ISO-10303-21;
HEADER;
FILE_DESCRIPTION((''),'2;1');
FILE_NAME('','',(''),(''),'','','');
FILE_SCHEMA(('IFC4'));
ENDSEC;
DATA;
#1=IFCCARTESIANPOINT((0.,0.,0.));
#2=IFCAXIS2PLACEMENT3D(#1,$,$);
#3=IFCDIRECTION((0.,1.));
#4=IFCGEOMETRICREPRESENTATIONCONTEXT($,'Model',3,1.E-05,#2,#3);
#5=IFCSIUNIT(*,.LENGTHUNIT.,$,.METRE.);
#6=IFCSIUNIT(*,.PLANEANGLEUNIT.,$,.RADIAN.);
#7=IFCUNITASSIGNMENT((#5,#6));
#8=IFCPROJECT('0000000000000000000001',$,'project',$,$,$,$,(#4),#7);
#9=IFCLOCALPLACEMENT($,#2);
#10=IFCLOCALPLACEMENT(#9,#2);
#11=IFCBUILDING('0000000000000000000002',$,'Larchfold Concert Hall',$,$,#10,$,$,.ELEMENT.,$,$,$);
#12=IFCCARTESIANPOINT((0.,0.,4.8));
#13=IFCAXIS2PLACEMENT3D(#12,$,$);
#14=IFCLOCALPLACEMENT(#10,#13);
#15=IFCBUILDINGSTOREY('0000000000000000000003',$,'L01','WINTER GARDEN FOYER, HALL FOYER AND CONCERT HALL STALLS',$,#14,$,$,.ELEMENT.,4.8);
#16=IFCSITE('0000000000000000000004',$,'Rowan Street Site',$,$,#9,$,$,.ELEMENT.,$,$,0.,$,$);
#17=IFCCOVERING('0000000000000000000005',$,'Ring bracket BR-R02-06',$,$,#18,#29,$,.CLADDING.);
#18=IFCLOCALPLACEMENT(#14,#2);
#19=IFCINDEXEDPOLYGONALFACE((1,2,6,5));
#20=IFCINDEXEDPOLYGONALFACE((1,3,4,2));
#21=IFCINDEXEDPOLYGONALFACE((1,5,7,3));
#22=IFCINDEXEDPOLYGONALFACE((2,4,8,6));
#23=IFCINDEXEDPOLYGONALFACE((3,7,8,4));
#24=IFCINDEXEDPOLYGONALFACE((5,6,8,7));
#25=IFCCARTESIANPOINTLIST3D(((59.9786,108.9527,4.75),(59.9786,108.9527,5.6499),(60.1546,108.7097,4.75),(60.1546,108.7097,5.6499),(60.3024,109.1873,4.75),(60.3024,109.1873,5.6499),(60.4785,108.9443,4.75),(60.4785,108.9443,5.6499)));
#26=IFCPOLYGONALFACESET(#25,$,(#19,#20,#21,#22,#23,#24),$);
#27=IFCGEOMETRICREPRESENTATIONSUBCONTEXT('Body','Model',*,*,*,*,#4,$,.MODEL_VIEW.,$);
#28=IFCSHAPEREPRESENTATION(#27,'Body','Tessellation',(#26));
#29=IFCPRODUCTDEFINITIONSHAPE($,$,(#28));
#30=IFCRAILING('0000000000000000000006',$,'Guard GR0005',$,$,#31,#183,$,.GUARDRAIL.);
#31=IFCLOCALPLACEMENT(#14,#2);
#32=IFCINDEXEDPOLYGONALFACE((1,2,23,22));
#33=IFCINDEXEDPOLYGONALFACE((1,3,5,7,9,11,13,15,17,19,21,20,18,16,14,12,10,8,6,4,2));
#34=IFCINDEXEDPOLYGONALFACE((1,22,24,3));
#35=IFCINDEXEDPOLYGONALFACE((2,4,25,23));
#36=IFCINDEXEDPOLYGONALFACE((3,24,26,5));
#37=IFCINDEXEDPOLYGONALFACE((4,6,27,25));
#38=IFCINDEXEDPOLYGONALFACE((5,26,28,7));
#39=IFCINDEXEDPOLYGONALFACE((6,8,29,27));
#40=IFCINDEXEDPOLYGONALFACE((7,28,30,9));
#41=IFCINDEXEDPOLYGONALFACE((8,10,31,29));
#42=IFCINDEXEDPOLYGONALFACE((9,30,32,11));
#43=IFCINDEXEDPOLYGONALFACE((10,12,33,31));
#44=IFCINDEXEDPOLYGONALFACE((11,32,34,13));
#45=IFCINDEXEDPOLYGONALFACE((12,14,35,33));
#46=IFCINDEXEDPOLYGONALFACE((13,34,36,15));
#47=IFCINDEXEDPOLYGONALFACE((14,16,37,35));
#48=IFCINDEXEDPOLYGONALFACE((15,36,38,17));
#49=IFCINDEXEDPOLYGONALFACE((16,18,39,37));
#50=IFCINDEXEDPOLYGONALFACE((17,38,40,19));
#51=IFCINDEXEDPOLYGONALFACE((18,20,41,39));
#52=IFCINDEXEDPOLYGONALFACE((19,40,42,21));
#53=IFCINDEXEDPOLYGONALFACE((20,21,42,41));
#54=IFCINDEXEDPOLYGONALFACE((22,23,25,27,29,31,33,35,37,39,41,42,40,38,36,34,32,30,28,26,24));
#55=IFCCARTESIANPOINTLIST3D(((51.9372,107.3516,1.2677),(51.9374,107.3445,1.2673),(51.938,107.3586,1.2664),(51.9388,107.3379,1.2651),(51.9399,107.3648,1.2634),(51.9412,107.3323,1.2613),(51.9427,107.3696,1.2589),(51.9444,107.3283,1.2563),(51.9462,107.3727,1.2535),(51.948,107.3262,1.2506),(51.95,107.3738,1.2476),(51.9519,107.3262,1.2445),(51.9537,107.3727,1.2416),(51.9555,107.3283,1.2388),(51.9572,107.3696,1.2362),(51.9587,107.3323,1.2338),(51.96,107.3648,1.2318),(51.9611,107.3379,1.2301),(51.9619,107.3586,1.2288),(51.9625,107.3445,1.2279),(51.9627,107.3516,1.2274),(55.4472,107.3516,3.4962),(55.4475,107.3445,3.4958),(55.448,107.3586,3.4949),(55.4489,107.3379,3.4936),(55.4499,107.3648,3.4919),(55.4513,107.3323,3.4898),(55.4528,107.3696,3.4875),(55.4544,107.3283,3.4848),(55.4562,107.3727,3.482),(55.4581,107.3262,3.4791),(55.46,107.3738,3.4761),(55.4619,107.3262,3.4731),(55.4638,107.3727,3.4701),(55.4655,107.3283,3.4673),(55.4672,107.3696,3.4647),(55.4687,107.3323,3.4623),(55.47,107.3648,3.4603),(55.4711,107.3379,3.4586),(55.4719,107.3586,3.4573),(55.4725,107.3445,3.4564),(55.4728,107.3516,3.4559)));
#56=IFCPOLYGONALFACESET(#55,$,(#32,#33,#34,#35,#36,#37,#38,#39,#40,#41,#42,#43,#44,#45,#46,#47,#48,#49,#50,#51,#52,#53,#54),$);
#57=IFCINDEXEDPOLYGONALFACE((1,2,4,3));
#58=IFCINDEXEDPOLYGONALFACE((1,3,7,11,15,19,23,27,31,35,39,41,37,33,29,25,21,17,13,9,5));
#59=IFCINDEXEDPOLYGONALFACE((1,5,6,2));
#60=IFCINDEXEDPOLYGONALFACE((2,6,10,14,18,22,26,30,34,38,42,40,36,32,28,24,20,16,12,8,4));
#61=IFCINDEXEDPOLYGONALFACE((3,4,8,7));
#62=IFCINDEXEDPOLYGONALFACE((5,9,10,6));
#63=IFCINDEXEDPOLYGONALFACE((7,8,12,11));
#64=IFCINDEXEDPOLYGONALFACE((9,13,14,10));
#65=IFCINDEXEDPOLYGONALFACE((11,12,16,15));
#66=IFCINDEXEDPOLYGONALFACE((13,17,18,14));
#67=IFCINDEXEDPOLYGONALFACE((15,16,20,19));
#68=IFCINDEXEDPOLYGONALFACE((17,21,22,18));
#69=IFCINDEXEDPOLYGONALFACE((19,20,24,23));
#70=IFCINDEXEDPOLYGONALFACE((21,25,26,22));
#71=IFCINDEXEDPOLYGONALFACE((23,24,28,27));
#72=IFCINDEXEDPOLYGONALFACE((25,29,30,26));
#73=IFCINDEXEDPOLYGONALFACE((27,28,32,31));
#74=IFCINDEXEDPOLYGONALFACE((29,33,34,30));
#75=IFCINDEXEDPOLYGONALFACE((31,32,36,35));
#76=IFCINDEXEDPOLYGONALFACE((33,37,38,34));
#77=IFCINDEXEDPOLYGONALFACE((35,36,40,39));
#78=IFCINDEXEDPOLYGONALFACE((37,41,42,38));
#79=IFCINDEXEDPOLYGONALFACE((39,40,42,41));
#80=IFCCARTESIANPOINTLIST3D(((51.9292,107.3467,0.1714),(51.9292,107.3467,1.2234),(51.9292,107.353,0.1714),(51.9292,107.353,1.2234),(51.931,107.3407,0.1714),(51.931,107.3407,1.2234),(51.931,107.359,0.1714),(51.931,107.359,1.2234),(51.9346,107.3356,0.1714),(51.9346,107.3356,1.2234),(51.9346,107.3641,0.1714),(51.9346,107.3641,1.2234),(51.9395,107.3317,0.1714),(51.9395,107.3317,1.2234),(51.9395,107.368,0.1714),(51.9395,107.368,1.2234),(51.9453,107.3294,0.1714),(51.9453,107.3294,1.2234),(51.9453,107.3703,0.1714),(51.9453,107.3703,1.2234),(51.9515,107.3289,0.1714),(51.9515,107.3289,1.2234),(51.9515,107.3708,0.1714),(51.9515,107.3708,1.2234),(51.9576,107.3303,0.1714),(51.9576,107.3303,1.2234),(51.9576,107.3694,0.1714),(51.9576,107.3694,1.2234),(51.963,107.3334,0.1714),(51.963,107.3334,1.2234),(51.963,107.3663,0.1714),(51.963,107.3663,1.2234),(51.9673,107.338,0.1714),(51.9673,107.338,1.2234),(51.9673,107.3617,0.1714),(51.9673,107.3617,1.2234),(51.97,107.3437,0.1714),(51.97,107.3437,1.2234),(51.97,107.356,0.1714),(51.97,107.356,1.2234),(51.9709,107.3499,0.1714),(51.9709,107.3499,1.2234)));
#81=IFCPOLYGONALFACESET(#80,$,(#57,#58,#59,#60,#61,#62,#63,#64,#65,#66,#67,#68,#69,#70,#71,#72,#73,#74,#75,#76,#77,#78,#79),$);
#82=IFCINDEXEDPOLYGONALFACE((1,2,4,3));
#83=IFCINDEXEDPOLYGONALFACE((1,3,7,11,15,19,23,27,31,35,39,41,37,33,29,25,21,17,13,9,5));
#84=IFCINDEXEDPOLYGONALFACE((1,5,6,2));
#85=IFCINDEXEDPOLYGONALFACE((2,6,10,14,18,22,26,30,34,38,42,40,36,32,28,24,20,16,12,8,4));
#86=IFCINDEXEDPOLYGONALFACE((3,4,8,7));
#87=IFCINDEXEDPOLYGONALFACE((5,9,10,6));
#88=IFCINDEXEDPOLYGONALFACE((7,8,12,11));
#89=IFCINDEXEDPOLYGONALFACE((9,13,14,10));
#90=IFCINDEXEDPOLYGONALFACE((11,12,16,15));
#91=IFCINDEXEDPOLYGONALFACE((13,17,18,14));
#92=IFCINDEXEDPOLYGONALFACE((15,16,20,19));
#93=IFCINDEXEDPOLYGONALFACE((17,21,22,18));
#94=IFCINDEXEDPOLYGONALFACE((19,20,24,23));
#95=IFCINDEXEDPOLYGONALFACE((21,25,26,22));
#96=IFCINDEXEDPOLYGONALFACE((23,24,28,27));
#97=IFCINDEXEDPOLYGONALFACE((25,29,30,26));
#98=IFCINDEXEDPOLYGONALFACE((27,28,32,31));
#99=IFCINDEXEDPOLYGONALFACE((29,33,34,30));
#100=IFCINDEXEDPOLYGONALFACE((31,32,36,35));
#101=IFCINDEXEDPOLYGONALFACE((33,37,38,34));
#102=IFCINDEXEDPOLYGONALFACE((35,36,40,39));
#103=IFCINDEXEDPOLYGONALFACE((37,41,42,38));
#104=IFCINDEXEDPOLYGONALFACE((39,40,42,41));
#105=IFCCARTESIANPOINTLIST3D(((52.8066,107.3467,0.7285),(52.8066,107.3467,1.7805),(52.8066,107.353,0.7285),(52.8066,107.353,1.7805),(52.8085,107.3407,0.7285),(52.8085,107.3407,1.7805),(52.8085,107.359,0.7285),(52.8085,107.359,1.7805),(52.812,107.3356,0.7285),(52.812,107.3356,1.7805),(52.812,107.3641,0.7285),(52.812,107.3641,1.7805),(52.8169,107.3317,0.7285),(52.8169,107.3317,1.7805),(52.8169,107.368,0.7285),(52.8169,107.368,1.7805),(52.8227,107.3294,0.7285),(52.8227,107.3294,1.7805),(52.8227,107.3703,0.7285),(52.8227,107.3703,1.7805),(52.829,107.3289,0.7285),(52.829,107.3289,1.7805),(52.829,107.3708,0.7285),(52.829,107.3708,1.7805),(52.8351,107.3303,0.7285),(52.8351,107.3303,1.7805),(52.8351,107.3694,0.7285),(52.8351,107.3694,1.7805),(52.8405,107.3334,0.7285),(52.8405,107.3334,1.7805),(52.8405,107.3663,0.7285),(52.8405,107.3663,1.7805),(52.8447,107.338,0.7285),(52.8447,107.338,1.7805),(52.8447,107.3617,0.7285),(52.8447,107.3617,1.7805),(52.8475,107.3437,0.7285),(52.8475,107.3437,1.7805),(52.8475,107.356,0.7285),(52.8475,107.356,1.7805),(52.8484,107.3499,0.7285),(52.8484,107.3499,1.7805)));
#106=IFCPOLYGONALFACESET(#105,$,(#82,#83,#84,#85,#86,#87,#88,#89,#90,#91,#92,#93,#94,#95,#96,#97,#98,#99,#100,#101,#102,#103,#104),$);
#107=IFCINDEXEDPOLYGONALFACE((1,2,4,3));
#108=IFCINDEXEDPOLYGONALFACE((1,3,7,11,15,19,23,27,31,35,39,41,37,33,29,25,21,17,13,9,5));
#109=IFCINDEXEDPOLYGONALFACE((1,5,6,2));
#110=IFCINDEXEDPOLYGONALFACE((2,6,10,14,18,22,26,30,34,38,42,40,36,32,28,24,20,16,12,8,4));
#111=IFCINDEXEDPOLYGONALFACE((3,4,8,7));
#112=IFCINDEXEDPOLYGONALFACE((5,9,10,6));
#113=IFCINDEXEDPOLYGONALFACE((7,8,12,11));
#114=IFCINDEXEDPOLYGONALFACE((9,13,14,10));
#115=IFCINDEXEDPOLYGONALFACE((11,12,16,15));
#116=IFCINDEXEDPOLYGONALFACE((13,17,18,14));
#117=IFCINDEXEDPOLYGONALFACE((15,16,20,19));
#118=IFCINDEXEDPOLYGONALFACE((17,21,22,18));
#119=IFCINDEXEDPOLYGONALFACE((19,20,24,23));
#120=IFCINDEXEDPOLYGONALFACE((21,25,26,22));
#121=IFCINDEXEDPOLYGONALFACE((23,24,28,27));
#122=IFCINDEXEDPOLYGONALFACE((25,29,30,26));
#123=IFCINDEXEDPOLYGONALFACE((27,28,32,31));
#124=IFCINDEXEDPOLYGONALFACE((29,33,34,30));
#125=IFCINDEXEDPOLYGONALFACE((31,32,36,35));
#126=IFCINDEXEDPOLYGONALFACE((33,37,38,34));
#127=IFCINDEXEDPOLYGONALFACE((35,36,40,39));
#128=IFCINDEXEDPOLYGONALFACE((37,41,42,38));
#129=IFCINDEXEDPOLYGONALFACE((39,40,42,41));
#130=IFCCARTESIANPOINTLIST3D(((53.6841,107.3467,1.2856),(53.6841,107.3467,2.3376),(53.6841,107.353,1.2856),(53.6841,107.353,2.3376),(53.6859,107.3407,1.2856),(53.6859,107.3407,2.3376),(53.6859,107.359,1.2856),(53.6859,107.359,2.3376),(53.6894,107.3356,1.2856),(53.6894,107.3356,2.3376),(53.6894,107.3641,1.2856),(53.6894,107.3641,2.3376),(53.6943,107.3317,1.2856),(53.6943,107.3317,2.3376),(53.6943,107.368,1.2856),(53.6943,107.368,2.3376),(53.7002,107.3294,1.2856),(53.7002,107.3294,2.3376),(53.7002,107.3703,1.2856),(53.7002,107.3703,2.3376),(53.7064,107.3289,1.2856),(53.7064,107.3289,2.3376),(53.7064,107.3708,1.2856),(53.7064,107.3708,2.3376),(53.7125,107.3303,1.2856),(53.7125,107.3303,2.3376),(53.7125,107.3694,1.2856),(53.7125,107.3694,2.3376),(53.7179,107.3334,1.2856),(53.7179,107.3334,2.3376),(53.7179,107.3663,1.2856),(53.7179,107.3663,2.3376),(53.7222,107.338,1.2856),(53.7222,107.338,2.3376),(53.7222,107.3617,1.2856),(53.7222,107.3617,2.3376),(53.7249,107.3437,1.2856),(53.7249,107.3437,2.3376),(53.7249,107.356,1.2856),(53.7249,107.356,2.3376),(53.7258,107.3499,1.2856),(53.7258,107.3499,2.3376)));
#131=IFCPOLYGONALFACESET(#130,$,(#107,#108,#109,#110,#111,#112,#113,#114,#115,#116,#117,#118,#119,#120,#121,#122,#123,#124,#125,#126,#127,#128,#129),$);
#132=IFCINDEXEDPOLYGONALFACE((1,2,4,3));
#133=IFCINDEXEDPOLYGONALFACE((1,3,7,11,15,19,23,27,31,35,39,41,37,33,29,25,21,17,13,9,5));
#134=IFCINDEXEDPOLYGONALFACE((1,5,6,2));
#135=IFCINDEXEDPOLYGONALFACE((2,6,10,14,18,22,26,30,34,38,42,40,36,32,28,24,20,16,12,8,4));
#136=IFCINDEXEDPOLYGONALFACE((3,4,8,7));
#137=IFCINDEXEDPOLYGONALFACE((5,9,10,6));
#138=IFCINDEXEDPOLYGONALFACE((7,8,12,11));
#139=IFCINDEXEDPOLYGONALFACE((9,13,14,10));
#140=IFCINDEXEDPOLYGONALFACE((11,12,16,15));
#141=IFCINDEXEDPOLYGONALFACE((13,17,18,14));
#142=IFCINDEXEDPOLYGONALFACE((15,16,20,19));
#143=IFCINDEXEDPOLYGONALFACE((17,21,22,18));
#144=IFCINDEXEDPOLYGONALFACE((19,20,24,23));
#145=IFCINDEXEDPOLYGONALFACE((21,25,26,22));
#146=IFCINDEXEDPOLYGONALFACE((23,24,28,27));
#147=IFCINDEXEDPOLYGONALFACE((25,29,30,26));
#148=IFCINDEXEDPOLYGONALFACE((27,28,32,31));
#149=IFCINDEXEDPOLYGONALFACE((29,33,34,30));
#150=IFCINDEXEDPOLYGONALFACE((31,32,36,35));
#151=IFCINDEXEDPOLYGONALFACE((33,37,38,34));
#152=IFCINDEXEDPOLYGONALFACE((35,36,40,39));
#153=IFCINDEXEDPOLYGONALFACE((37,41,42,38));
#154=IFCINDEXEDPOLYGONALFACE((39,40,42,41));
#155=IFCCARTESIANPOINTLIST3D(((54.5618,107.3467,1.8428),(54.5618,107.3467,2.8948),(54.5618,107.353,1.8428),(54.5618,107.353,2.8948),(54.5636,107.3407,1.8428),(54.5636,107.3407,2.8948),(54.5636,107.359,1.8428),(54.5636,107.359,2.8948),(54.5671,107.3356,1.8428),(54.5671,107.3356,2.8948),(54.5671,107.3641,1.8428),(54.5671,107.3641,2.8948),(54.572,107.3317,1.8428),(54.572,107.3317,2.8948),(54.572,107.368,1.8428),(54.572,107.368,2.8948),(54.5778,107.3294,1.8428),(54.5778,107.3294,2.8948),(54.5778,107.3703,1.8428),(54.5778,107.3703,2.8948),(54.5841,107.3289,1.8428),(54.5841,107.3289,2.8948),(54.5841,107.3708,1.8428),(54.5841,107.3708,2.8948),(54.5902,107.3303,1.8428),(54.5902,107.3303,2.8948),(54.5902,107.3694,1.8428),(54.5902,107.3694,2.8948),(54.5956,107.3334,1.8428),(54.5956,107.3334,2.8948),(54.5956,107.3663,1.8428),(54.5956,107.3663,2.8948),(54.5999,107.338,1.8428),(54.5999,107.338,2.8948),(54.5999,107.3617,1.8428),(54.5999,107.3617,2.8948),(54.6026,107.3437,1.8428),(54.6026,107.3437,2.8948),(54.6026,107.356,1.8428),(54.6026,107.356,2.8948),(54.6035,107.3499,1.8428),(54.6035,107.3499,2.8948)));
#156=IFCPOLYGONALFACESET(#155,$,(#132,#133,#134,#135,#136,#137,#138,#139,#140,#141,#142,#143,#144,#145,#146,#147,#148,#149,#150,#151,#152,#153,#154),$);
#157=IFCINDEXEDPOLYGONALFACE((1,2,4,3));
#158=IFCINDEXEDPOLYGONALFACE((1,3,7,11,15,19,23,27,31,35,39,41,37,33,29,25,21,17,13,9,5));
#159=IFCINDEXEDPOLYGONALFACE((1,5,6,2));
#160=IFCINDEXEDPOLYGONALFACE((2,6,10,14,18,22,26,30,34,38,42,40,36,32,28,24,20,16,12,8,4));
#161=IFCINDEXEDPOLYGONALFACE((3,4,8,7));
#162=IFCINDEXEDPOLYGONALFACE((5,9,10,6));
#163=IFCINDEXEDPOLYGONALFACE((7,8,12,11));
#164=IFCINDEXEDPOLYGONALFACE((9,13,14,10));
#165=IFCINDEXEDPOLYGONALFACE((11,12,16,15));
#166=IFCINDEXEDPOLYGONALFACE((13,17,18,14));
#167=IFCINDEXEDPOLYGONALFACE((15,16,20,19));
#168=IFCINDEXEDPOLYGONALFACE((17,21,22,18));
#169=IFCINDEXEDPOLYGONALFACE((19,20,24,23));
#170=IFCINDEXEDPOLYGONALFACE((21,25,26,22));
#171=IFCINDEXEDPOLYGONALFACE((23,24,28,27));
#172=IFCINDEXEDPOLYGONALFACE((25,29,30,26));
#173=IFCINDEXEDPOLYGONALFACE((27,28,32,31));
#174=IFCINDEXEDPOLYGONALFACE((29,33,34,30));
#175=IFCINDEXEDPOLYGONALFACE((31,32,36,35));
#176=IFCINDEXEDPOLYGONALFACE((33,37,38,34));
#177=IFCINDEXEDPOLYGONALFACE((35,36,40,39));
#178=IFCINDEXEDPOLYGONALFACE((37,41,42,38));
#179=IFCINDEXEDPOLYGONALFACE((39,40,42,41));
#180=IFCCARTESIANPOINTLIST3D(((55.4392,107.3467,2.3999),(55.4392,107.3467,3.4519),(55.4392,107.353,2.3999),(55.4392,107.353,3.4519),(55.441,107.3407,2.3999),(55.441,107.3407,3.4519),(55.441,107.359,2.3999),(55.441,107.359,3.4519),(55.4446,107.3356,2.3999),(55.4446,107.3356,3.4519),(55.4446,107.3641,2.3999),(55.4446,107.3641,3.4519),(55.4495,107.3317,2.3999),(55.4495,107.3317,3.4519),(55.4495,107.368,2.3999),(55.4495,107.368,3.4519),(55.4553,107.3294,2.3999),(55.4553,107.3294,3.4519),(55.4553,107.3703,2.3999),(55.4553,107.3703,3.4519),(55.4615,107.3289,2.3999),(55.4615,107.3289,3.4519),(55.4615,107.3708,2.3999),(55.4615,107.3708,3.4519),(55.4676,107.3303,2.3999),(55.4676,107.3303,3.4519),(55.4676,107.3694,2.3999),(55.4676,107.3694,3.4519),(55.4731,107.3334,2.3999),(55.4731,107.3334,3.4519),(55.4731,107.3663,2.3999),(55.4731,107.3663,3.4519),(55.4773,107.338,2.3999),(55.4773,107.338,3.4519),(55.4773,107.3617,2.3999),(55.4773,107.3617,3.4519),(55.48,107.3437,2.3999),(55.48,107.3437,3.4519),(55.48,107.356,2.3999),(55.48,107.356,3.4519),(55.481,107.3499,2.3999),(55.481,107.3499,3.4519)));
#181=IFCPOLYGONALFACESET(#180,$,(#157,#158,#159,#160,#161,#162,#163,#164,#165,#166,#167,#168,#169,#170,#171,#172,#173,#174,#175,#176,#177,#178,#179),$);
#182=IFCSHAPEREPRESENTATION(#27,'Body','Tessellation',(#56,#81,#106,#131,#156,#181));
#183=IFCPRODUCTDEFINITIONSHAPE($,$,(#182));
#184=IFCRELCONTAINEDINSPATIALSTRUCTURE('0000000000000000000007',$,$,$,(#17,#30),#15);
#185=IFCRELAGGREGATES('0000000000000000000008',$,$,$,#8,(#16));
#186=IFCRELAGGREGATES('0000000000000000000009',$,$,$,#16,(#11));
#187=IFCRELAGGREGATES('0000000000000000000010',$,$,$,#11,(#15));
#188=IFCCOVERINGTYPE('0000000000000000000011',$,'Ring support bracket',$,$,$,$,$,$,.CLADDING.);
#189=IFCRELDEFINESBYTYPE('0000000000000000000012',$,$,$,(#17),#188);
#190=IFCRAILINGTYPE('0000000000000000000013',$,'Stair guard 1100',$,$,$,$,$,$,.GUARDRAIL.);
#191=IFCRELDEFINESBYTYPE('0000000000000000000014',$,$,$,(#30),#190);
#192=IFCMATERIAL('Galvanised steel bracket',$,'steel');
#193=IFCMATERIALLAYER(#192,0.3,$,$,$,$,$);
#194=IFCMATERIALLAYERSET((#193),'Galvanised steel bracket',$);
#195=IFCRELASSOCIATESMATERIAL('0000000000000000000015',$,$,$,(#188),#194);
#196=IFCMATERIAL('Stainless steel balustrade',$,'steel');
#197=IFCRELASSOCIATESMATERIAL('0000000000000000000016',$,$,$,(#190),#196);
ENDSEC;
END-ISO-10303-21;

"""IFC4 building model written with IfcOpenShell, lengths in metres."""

from ifc_helpers import new_model, si_unit, direction, frame, origin, origin_2d, place, context, subcontext, project, spatial, rectangle, circle, extrude, material, layer, layer_set, type_object, element, save


model = new_model("IFC4")

# Units and contexts
model_context = context("Model", 3, precision=1e-05, world=origin(), true_north=direction((0.0, 1.0)))
body_context = subcontext(model_context, "Body", "Model", "MODEL_VIEW")
ifc_project = project(units=[si_unit("LENGTHUNIT", "METRE"), si_unit("PLANEANGLEUNIT", "RADIAN")], contexts=[model_context])

# Site, building, storey
site_placement = place(None, origin())
site = spatial("IfcSite", under=ifc_project, at=site_placement, Name="Rowan Street Site", CompositionType="ELEMENT", RefElevation=0.0)
building_placement = place(site_placement, origin())
building = spatial("IfcBuilding", under=site, at=building_placement, Name="Larchfold Concert Hall", CompositionType="ELEMENT")
storey_placement = place(building_placement, frame((0.0, 0.0, 4.8)))
storey = spatial("IfcBuildingStorey", under=building, at=storey_placement, Name="L01", Description="WINTER GARDEN FOYER, HALL FOYER AND CONCERT HALL STALLS", CompositionType="ELEMENT", Elevation=4.8)

# Covering
ifc_material_1 = material(Name="Galvanised steel bracket", Category="steel")
ifc_layer_1 = layer(ifc_material_1, 0.3)
ifc_layer_set_1 = layer_set([ifc_layer_1], Name="Galvanised steel bracket")
covering_type = type_object("IfcCoveringType", Name="Ring support bracket", PredefinedType="CLADDING", material=ifc_layer_set_1)
for number, where, z_axis, x_axis, name in (
    (1, (60.2285, 108.9485, 4.75), (0.0, 0.0, 1.0), (0.809815, 0.586685, 0.0), "Ring bracket BR-R02-06"),
):
    element("IfcCovering", number, at=place(storey_placement, frame(where, z_axis=z_axis, x_axis=x_axis)), inside=storey, type_object=covering_type, Name=name, PredefinedType="CLADDING", context=body_context, shape_type="SweptSolid", body=[
        extrude(rectangle(XDim=0.3999, YDim=0.3, at=origin_2d()), origin(), (0.0, 0.0, 1.0), 0.8999),
    ])

# Railing
ifc_material_2 = material(Name="Stainless steel balustrade", Category="steel")
railing_type_1 = type_object("IfcRailingType", Name="Stair guard 1100", PredefinedType="GUARDRAIL", material=ifc_material_2)
railing_1_placement = place(storey_placement, frame((51.95, 107.3499, 0.1714)))
element("IfcRailing", 2, at=railing_1_placement, inside=storey, type_object=railing_type_1, Name="Guard GR0005", PredefinedType="GUARDRAIL", context=body_context, shape_type="SweptSolid", body=[
    extrude(circle(Radius=0.0239, at=origin_2d()), frame((0.0, 0.0, 1.0762), z_axis=(0.84422, 0.0, 0.535998), x_axis=(0.0, 1.0, 0.0)), (0.0, 0.0, 1.0), 4.1577),
    extrude(circle(Radius=0.021, at=origin_2d()), origin(), (0.0, 0.0, 1.0), 1.052),
    extrude(circle(Radius=0.021, at=origin_2d()), frame((0.8774, 0.0, 0.5571)), (0.0, 0.0, 1.0), 1.052),
    extrude(circle(Radius=0.021, at=origin_2d()), frame((1.7549, 0.0, 1.1143)), (0.0, 0.0, 1.0), 1.052),
    extrude(circle(Radius=0.021, at=origin_2d()), frame((2.6326, 0.0, 1.6714)), (0.0, 0.0, 1.0), 1.052),
    extrude(circle(Radius=0.021, at=origin_2d()), frame((3.51, 0.0, 2.2285)), (0.0, 0.0, 1.0), 1.052),
])

save(model, "model.ifc")
